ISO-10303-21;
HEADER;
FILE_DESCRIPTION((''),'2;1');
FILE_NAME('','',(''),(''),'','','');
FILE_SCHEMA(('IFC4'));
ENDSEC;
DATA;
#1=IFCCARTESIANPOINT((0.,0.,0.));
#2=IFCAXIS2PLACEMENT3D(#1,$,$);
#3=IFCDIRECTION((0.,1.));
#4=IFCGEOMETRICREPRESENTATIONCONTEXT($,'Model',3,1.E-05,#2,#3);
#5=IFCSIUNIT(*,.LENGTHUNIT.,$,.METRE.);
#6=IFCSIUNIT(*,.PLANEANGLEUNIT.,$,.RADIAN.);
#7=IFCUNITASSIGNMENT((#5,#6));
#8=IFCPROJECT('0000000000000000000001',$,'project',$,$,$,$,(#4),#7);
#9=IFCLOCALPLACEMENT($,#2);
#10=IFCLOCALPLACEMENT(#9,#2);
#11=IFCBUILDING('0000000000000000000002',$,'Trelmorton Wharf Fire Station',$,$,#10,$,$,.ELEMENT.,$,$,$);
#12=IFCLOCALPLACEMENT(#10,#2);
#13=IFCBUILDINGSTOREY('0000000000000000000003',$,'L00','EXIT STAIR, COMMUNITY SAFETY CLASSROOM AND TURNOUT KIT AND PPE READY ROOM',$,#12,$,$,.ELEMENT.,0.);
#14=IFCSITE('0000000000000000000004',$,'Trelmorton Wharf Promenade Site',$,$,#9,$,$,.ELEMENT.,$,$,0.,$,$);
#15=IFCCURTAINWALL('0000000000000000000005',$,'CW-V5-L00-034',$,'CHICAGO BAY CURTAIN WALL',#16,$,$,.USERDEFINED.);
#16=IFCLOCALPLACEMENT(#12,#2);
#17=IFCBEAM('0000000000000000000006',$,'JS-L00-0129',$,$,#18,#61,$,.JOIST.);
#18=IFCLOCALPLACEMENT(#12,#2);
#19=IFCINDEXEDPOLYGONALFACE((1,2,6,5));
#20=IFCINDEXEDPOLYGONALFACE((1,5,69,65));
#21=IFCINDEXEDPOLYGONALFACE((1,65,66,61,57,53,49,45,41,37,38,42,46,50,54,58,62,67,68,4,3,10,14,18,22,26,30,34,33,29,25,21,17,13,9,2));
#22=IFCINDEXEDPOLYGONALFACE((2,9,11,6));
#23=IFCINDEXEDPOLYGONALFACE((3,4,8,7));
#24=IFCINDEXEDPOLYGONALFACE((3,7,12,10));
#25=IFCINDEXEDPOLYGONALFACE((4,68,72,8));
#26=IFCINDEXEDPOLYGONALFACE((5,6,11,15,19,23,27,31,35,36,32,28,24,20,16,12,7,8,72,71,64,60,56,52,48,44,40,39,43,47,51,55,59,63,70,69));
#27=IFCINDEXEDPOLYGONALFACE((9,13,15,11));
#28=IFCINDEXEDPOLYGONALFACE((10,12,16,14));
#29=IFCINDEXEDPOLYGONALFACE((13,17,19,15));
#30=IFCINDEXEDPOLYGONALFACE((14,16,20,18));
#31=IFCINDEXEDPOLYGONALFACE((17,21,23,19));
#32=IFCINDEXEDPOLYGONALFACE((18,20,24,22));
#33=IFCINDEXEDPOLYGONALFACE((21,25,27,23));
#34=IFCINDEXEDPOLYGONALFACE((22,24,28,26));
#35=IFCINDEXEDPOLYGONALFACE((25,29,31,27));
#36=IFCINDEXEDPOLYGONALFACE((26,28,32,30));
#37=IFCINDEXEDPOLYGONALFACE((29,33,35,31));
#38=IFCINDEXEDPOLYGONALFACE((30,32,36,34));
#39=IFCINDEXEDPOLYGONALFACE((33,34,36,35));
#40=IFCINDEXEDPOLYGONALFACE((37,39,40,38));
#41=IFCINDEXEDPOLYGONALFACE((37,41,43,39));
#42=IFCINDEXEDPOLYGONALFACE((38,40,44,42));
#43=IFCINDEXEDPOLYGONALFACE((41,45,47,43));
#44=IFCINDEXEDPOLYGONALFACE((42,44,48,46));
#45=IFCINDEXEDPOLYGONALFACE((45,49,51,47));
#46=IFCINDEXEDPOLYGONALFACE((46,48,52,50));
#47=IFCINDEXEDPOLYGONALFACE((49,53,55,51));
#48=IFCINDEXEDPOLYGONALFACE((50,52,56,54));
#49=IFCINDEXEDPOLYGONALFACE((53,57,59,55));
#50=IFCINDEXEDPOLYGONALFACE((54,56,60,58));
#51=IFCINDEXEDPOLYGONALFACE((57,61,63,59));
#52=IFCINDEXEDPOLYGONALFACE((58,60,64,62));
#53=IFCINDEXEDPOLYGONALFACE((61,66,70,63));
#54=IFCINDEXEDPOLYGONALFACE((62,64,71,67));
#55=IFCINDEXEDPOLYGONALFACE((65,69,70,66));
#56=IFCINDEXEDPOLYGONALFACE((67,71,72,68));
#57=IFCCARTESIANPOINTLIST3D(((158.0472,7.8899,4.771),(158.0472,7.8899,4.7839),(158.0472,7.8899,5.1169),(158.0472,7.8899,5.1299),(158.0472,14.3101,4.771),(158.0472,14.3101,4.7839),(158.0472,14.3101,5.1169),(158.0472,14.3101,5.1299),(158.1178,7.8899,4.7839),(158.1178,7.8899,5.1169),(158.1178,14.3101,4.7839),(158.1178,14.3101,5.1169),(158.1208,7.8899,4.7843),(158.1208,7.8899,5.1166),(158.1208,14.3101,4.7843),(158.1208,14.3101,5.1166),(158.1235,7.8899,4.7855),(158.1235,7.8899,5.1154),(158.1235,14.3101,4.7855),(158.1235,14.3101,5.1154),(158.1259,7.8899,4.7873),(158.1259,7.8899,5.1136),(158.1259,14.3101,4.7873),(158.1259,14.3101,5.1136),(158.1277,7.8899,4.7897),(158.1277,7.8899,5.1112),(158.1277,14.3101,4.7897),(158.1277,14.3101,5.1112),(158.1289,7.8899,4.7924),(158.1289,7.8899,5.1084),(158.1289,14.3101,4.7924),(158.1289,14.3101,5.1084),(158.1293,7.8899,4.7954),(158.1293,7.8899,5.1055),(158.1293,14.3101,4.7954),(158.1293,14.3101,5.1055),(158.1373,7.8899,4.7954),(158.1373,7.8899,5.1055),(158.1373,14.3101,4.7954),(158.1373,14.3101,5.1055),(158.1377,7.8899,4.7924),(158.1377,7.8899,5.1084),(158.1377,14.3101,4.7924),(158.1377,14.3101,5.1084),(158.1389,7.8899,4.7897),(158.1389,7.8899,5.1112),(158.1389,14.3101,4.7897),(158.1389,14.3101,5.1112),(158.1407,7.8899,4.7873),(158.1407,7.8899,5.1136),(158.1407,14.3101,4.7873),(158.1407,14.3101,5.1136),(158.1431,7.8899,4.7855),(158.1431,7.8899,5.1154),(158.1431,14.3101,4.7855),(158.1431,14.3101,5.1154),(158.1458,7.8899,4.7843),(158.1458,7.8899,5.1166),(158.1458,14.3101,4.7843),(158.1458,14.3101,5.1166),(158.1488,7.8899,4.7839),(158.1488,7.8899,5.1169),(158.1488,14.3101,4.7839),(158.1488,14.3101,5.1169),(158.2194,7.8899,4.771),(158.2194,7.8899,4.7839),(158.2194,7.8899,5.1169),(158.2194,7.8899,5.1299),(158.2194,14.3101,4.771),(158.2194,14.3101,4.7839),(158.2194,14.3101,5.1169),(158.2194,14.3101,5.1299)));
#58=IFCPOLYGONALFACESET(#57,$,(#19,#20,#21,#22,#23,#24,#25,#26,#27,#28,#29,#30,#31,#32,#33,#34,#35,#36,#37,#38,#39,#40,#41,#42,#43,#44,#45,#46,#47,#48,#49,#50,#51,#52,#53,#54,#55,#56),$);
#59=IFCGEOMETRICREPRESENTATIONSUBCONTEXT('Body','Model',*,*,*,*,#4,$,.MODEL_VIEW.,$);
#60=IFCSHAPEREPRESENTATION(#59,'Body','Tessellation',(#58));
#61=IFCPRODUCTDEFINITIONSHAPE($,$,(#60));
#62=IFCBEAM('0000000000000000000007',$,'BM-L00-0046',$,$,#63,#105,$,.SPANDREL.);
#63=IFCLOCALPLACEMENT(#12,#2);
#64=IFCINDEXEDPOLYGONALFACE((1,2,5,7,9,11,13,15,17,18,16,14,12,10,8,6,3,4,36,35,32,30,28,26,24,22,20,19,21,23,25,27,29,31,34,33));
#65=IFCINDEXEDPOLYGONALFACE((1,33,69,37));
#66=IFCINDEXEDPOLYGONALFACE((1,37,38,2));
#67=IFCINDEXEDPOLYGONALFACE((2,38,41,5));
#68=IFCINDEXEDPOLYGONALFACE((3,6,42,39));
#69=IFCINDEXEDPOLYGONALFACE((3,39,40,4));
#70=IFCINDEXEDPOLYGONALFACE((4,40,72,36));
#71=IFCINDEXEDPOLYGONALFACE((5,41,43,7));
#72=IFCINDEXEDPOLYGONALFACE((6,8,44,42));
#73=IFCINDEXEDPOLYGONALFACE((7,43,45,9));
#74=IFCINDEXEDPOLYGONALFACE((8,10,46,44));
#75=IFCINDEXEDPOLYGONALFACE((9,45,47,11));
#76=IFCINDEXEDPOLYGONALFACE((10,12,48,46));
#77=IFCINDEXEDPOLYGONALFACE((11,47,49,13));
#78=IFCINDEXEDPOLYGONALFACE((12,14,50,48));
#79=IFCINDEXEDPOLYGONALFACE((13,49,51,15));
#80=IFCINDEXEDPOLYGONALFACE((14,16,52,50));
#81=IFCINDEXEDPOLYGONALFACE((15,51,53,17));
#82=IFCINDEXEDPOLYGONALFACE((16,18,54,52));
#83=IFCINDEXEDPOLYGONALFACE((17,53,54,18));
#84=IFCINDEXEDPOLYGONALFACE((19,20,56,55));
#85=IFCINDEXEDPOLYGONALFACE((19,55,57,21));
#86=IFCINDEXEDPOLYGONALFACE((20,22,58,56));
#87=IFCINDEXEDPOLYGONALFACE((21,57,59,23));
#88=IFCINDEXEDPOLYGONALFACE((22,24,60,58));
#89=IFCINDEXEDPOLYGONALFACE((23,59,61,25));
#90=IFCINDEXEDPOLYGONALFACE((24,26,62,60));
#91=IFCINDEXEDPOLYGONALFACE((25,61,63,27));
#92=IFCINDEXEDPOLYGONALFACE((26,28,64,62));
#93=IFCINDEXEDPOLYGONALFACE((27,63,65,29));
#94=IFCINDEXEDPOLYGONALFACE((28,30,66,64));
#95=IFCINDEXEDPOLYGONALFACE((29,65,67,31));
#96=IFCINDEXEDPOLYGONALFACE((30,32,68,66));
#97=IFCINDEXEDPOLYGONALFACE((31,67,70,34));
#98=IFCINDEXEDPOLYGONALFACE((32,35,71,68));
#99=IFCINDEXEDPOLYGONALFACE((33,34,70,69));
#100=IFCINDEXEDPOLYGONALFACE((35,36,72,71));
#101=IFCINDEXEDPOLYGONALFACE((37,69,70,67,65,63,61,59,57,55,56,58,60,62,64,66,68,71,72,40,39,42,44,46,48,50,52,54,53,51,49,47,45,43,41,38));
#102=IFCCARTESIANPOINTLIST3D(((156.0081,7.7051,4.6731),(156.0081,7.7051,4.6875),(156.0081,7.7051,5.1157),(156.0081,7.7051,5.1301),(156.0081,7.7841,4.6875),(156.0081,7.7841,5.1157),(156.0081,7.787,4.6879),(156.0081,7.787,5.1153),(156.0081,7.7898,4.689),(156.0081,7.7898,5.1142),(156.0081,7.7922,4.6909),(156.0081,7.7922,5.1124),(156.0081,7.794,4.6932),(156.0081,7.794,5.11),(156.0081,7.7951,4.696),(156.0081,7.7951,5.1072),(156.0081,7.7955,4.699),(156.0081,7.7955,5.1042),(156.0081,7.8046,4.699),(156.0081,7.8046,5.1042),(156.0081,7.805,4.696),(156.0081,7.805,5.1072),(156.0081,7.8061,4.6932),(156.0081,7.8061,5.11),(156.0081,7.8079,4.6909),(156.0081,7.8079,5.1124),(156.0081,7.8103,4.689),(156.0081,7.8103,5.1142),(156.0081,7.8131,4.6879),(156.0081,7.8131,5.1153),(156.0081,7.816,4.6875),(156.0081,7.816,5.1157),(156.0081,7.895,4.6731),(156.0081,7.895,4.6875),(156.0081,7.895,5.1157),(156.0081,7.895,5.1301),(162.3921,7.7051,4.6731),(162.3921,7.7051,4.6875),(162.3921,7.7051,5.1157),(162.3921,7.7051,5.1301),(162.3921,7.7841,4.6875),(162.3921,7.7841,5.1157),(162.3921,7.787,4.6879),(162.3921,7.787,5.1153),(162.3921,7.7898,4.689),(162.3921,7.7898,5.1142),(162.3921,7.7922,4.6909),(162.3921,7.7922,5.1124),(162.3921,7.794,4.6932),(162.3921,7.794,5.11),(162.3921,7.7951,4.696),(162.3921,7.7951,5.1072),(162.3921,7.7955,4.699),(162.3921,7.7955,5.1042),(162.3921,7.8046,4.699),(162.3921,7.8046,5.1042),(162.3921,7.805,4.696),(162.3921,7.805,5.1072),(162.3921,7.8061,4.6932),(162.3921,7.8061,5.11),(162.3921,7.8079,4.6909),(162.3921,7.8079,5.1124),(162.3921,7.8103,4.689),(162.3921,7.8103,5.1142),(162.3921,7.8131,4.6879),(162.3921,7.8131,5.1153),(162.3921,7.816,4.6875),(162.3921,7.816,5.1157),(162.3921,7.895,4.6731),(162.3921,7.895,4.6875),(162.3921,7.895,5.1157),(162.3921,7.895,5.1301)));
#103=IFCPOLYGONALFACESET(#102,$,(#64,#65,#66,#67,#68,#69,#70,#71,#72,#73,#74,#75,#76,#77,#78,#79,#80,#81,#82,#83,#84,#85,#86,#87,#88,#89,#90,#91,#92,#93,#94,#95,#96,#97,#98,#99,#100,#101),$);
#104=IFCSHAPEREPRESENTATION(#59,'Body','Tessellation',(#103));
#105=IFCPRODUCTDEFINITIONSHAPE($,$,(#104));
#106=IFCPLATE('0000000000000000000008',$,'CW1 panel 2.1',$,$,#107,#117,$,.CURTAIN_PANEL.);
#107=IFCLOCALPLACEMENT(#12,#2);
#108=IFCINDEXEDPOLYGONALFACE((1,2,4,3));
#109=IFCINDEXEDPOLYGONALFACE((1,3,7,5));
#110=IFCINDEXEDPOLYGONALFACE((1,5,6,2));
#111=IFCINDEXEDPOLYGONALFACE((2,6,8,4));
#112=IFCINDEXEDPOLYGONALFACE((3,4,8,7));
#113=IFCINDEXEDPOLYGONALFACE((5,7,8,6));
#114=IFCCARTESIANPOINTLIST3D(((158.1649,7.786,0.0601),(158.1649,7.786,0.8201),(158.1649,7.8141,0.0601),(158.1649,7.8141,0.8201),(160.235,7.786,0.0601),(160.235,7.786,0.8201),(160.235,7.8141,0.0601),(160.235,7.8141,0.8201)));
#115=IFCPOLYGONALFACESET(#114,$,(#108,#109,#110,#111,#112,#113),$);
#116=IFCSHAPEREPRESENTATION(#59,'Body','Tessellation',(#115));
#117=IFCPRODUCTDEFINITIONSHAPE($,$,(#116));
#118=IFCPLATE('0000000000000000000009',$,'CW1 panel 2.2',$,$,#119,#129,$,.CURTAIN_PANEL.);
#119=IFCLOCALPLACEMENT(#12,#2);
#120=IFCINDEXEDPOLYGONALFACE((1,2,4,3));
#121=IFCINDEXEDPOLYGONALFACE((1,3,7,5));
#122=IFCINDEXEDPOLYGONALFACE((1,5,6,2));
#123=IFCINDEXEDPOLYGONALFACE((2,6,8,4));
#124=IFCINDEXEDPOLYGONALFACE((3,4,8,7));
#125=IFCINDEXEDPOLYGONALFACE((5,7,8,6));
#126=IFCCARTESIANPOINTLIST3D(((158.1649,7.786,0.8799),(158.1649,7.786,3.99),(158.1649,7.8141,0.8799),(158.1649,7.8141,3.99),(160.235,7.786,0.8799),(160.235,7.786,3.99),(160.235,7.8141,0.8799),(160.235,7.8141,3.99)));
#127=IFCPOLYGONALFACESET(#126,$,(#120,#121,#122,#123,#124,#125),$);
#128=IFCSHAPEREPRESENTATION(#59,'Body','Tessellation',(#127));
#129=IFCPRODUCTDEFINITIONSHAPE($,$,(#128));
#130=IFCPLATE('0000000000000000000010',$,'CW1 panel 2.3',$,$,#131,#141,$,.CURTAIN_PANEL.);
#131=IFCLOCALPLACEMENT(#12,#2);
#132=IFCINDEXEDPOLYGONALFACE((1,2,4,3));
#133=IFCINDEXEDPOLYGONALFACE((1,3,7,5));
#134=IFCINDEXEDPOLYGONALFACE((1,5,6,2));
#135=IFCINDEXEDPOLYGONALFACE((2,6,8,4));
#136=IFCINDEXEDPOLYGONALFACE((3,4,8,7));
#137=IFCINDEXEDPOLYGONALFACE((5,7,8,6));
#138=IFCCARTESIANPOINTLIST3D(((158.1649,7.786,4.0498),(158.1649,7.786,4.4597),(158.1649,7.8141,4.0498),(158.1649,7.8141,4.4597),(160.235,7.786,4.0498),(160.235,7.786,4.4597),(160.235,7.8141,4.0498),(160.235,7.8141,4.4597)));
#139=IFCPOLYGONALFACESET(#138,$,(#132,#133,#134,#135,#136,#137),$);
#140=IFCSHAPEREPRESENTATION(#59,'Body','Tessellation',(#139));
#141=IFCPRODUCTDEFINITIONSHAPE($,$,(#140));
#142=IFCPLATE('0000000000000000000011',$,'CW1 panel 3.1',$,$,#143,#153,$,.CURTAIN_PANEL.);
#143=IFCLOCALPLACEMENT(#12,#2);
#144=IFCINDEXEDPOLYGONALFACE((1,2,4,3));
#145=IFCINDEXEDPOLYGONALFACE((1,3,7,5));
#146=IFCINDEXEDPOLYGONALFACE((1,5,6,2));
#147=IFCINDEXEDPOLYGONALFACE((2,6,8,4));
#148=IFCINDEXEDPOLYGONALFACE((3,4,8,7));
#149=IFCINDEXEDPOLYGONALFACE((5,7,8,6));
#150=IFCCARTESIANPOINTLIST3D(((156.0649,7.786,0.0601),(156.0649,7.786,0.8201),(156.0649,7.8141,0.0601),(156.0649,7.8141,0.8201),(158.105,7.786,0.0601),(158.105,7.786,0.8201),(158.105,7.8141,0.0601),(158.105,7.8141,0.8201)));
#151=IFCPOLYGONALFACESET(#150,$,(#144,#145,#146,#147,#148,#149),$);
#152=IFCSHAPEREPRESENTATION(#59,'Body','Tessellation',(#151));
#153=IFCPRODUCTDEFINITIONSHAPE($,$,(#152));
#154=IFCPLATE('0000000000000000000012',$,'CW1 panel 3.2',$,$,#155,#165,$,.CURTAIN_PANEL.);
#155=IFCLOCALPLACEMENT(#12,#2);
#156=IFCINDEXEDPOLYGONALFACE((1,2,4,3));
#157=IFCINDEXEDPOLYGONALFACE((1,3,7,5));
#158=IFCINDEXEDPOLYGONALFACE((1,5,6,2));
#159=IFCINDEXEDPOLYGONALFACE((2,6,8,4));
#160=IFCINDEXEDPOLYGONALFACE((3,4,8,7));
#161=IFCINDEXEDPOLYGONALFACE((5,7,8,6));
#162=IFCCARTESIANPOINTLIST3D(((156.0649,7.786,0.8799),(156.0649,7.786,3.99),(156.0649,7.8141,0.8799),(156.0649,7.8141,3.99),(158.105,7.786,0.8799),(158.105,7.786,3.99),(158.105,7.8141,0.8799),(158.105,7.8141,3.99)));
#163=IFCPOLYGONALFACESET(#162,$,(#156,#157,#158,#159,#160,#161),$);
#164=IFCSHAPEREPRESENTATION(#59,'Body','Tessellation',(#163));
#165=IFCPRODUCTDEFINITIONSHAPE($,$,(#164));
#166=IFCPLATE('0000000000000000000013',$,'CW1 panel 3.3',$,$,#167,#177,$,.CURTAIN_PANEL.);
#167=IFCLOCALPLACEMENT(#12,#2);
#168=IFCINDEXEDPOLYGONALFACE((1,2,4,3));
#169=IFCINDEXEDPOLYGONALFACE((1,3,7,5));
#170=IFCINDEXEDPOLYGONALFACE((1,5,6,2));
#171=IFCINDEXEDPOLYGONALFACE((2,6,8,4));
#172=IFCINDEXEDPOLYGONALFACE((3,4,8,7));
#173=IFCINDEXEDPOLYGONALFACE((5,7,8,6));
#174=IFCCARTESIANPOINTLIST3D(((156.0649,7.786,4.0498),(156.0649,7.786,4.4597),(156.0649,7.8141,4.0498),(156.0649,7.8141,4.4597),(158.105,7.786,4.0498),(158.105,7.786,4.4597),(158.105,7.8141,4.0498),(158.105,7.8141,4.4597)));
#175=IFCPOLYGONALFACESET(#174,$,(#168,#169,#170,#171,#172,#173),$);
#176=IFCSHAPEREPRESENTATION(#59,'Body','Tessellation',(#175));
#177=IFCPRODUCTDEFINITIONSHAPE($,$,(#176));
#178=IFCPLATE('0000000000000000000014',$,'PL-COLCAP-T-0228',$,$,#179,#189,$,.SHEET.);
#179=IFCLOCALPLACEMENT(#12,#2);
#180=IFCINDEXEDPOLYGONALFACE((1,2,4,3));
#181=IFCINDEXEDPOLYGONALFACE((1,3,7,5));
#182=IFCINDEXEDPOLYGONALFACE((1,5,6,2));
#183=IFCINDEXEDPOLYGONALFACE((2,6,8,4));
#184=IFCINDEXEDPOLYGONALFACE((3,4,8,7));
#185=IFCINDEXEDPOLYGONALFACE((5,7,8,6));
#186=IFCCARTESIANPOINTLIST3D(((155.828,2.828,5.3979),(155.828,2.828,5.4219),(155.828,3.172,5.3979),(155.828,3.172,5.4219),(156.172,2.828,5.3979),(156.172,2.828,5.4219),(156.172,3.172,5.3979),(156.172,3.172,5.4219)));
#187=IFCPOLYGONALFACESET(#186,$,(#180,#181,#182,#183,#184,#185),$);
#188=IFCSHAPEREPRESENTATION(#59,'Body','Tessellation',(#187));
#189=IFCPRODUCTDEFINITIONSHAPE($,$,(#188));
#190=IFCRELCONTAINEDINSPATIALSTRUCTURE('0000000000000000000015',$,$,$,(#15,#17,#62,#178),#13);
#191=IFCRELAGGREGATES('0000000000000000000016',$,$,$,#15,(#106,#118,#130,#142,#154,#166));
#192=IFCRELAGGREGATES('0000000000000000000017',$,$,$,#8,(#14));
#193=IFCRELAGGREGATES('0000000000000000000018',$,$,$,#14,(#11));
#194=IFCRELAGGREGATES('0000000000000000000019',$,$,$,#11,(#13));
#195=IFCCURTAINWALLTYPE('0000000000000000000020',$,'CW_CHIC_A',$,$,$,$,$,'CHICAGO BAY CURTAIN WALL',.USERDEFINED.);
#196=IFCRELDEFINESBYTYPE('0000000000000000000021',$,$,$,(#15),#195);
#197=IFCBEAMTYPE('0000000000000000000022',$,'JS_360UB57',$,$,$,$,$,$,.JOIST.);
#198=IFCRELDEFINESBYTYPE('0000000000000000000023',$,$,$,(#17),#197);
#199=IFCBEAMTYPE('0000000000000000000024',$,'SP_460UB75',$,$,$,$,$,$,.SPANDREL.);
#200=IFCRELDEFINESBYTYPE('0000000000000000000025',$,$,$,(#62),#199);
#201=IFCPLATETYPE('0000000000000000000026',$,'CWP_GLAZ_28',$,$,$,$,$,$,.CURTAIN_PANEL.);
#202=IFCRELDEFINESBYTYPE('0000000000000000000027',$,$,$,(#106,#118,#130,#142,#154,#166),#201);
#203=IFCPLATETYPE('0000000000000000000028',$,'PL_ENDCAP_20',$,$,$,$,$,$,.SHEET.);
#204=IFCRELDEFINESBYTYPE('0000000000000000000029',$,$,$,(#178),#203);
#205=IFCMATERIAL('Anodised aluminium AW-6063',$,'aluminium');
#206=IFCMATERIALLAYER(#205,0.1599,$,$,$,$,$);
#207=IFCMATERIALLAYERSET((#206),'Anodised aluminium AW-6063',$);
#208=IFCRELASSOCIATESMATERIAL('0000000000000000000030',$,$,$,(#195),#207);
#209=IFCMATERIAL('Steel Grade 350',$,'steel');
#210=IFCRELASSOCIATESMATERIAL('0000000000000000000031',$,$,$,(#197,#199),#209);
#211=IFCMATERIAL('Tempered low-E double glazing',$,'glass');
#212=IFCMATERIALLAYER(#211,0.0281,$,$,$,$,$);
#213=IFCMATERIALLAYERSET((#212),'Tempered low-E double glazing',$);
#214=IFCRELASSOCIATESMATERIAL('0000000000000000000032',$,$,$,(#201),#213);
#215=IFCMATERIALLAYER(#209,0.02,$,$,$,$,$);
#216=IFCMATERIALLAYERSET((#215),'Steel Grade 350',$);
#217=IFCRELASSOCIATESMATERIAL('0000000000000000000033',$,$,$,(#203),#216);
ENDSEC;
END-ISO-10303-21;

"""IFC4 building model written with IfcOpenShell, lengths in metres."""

from ifc_helpers import new_model, si_unit, direction, frame, origin, origin_2d, place, context, subcontext, project, spatial, rectangle, i_section, extrude, material, layer, layer_set, material_profile, profile_set, type_object, element, aggregate, save


model = new_model("IFC4")

# Units and contexts
model_context = context("Model", 3, precision=1e-05, world=origin(), true_north=direction((0.0, 1.0)))
body_context = subcontext(model_context, "Body", "Model", "MODEL_VIEW")
ifc_project = project(units=[si_unit("LENGTHUNIT", "METRE"), si_unit("PLANEANGLEUNIT", "RADIAN")], contexts=[model_context])

# Site, building, storey
site_placement = place(None, origin())
site = spatial("IfcSite", under=ifc_project, at=site_placement, Name="Trelmorton Wharf Promenade Site", CompositionType="ELEMENT", RefElevation=0.0)
building_placement = place(site_placement, origin())
building = spatial("IfcBuilding", under=site, at=building_placement, Name="Trelmorton Wharf Fire Station", CompositionType="ELEMENT")
storey_placement = place(building_placement, origin())
storey = spatial("IfcBuildingStorey", under=building, at=storey_placement, Name="L00", Description="EXIT STAIR, COMMUNITY SAFETY CLASSROOM AND TURNOUT KIT AND PPE READY ROOM", CompositionType="ELEMENT", Elevation=0.0)

# Shared definitions
ifc_material_1 = material(Name="Steel Grade 350", Category="steel")

# Curtain wall
ifc_material_2 = material(Name="Anodised aluminium AW-6063", Category="aluminium")
ifc_layer_1 = layer(ifc_material_2, 0.1599)
ifc_layer_set_1 = layer_set([ifc_layer_1], Name="Anodised aluminium AW-6063")
curtain_wall_type = type_object("IfcCurtainWallType", Name="CW_CHIC_A", ElementType="CHICAGO BAY CURTAIN WALL", PredefinedType="USERDEFINED", material=ifc_layer_set_1)
curtain_wall_placement = place(storey_placement, origin())
curtain_wall = element("IfcCurtainWall", 1, at=curtain_wall_placement, inside=storey, type_object=curtain_wall_type, Name="CW-V5-L00-034", ObjectType="CHICAGO BAY CURTAIN WALL", PredefinedType="USERDEFINED")

# Beams
ifc_material_profile_1 = material_profile(ifc_material_1, i_section(OverallWidth=0.1721, OverallDepth=0.3589, WebThickness=0.0081, FlangeThickness=0.0129, FilletRadius=0.0115, at=origin_2d()), Name="360UB56.7")
ifc_profile_set_1 = profile_set([ifc_material_profile_1], Name="Steel Grade 350")
beam_type_1 = type_object("IfcBeamType", Name="JS_360UB57", PredefinedType="JOIST", material=ifc_profile_set_1)
beam_1_placement = place(storey_placement, frame((158.1333, 7.8899, 4.9504), z_axis=(0.0, 1.0, 0.0), x_axis=(-1.0, 0.0, 0.0)))
element("IfcBeam", 2, at=beam_1_placement, inside=storey, type_object=beam_type_1, Name="JS-L00-0129", PredefinedType="JOIST", context=body_context, shape_type="SweptSolid", body=[
    extrude(i_section(OverallWidth=0.1721, OverallDepth=0.3589, WebThickness=0.0081, FlangeThickness=0.0129, FilletRadius=0.0115, at=origin_2d()), origin(), (0.0, 0.0, 1.0), 6.4202),
])
ifc_material_profile_2 = material_profile(ifc_material_1, i_section(OverallWidth=0.1899, OverallDepth=0.457, WebThickness=0.009, FlangeThickness=0.0144, FilletRadius=0.0115, at=origin_2d()), Name="460UB74.6")
ifc_profile_set_2 = profile_set([ifc_material_profile_2], Name="Steel Grade 350")
beam_type_2 = type_object("IfcBeamType", Name="SP_460UB75", PredefinedType="SPANDREL", material=ifc_profile_set_2)
beam_2_placement = place(storey_placement, frame((156.0081, 7.8, 4.9016), z_axis=(1.0, 0.0, 0.0), x_axis=(0.0, 1.0, 0.0)))
element("IfcBeam", 3, at=beam_2_placement, inside=storey, type_object=beam_type_2, Name="BM-L00-0046", PredefinedType="SPANDREL", context=body_context, shape_type="SweptSolid", body=[
    extrude(i_section(OverallWidth=0.1899, OverallDepth=0.457, WebThickness=0.009, FlangeThickness=0.0144, FilletRadius=0.0115, at=origin_2d()), origin(), (0.0, 0.0, 1.0), 6.384),
])

# Plates
ifc_material_3 = material(Name="Tempered low-E double glazing", Category="glass")
ifc_layer_2 = layer(ifc_material_3, 0.0281)
ifc_layer_set_2 = layer_set([ifc_layer_2], Name="Tempered low-E double glazing")
plate_type_1 = type_object("IfcPlateType", Name="CWP_GLAZ_28", PredefinedType="CURTAIN_PANEL", material=ifc_layer_set_2)
plate_1_placement = place(storey_placement, frame((159.2, 7.8, 0.0601), z_axis=(0.0, 0.0, 1.0), x_axis=(-1.0, 0.0, 0.0)))
plate_1 = element("IfcPlate", 4, at=plate_1_placement, type_object=plate_type_1, Name="CW1 panel 2.1", PredefinedType="CURTAIN_PANEL", context=body_context, shape_type="SweptSolid", body=[
    extrude(rectangle(XDim=2.0701, YDim=0.0281, at=origin_2d()), origin(), (0.0, 0.0, 1.0), 0.76),
])
plate_2_placement = place(storey_placement, frame((159.2, 7.8, 0.8799), z_axis=(0.0, 0.0, 1.0), x_axis=(-1.0, 0.0, 0.0)))
plate_2 = element("IfcPlate", 5, at=plate_2_placement, type_object=plate_type_1, Name="CW1 panel 2.2", PredefinedType="CURTAIN_PANEL", context=body_context, shape_type="SweptSolid", body=[
    extrude(rectangle(XDim=2.0701, YDim=0.0281, at=origin_2d()), origin(), (0.0, 0.0, 1.0), 3.1101),
])
plate_3_placement = place(storey_placement, frame((159.2, 7.8, 4.0498), z_axis=(0.0, 0.0, 1.0), x_axis=(-1.0, 0.0, 0.0)))
plate_3 = element("IfcPlate", 6, at=plate_3_placement, type_object=plate_type_1, Name="CW1 panel 2.3", PredefinedType="CURTAIN_PANEL", context=body_context, shape_type="SweptSolid", body=[
    extrude(rectangle(XDim=2.0701, YDim=0.0281, at=origin_2d()), origin(), (0.0, 0.0, 1.0), 0.4099),
])
plate_4_placement = place(storey_placement, frame((157.085, 7.8, 0.0601), z_axis=(0.0, 0.0, 1.0), x_axis=(-1.0, 0.0, 0.0)))
plate_4 = element("IfcPlate", 7, at=plate_4_placement, type_object=plate_type_1, Name="CW1 panel 3.1", PredefinedType="CURTAIN_PANEL", context=body_context, shape_type="SweptSolid", body=[
    extrude(rectangle(XDim=2.04, YDim=0.0281, at=origin_2d()), origin(), (0.0, 0.0, 1.0), 0.76),
])
plate_5_placement = place(storey_placement, frame((157.085, 7.8, 0.8799), z_axis=(0.0, 0.0, 1.0), x_axis=(-1.0, 0.0, 0.0)))
plate_5 = element("IfcPlate", 8, at=plate_5_placement, type_object=plate_type_1, Name="CW1 panel 3.2", PredefinedType="CURTAIN_PANEL", context=body_context, shape_type="SweptSolid", body=[
    extrude(rectangle(XDim=2.04, YDim=0.0281, at=origin_2d()), origin(), (0.0, 0.0, 1.0), 3.1101),
])
plate_6_placement = place(storey_placement, frame((157.085, 7.8, 4.0498), z_axis=(0.0, 0.0, 1.0), x_axis=(-1.0, 0.0, 0.0)))
plate_6 = element("IfcPlate", 9, at=plate_6_placement, type_object=plate_type_1, Name="CW1 panel 3.3", PredefinedType="CURTAIN_PANEL", context=body_context, shape_type="SweptSolid", body=[
    extrude(rectangle(XDim=2.04, YDim=0.0281, at=origin_2d()), origin(), (0.0, 0.0, 1.0), 0.4099),
])
aggregate(curtain_wall, [plate_1, plate_2, plate_3, plate_4, plate_5, plate_6])
ifc_layer_3 = layer(ifc_material_1, 0.02)
ifc_layer_set_3 = layer_set([ifc_layer_3], Name="Steel Grade 350")
plate_type_2 = type_object("IfcPlateType", Name="PL_ENDCAP_20", PredefinedType="SHEET", material=ifc_layer_set_3)
plate_7_placement = place(storey_placement, frame((156.0, 3.0, 5.3979), z_axis=(0.0, 0.0, 1.0), x_axis=(1.0, 0.0, 0.0)))
element("IfcPlate", 10, at=plate_7_placement, inside=storey, type_object=plate_type_2, Name="PL-COLCAP-T-0228", PredefinedType="SHEET", context=body_context, shape_type="SweptSolid", body=[
    extrude(rectangle(XDim=0.344, YDim=0.344, at=origin_2d()), origin(), (0.0, 0.0, 1.0), 0.0239),
])

save(model, "model.ifc")
